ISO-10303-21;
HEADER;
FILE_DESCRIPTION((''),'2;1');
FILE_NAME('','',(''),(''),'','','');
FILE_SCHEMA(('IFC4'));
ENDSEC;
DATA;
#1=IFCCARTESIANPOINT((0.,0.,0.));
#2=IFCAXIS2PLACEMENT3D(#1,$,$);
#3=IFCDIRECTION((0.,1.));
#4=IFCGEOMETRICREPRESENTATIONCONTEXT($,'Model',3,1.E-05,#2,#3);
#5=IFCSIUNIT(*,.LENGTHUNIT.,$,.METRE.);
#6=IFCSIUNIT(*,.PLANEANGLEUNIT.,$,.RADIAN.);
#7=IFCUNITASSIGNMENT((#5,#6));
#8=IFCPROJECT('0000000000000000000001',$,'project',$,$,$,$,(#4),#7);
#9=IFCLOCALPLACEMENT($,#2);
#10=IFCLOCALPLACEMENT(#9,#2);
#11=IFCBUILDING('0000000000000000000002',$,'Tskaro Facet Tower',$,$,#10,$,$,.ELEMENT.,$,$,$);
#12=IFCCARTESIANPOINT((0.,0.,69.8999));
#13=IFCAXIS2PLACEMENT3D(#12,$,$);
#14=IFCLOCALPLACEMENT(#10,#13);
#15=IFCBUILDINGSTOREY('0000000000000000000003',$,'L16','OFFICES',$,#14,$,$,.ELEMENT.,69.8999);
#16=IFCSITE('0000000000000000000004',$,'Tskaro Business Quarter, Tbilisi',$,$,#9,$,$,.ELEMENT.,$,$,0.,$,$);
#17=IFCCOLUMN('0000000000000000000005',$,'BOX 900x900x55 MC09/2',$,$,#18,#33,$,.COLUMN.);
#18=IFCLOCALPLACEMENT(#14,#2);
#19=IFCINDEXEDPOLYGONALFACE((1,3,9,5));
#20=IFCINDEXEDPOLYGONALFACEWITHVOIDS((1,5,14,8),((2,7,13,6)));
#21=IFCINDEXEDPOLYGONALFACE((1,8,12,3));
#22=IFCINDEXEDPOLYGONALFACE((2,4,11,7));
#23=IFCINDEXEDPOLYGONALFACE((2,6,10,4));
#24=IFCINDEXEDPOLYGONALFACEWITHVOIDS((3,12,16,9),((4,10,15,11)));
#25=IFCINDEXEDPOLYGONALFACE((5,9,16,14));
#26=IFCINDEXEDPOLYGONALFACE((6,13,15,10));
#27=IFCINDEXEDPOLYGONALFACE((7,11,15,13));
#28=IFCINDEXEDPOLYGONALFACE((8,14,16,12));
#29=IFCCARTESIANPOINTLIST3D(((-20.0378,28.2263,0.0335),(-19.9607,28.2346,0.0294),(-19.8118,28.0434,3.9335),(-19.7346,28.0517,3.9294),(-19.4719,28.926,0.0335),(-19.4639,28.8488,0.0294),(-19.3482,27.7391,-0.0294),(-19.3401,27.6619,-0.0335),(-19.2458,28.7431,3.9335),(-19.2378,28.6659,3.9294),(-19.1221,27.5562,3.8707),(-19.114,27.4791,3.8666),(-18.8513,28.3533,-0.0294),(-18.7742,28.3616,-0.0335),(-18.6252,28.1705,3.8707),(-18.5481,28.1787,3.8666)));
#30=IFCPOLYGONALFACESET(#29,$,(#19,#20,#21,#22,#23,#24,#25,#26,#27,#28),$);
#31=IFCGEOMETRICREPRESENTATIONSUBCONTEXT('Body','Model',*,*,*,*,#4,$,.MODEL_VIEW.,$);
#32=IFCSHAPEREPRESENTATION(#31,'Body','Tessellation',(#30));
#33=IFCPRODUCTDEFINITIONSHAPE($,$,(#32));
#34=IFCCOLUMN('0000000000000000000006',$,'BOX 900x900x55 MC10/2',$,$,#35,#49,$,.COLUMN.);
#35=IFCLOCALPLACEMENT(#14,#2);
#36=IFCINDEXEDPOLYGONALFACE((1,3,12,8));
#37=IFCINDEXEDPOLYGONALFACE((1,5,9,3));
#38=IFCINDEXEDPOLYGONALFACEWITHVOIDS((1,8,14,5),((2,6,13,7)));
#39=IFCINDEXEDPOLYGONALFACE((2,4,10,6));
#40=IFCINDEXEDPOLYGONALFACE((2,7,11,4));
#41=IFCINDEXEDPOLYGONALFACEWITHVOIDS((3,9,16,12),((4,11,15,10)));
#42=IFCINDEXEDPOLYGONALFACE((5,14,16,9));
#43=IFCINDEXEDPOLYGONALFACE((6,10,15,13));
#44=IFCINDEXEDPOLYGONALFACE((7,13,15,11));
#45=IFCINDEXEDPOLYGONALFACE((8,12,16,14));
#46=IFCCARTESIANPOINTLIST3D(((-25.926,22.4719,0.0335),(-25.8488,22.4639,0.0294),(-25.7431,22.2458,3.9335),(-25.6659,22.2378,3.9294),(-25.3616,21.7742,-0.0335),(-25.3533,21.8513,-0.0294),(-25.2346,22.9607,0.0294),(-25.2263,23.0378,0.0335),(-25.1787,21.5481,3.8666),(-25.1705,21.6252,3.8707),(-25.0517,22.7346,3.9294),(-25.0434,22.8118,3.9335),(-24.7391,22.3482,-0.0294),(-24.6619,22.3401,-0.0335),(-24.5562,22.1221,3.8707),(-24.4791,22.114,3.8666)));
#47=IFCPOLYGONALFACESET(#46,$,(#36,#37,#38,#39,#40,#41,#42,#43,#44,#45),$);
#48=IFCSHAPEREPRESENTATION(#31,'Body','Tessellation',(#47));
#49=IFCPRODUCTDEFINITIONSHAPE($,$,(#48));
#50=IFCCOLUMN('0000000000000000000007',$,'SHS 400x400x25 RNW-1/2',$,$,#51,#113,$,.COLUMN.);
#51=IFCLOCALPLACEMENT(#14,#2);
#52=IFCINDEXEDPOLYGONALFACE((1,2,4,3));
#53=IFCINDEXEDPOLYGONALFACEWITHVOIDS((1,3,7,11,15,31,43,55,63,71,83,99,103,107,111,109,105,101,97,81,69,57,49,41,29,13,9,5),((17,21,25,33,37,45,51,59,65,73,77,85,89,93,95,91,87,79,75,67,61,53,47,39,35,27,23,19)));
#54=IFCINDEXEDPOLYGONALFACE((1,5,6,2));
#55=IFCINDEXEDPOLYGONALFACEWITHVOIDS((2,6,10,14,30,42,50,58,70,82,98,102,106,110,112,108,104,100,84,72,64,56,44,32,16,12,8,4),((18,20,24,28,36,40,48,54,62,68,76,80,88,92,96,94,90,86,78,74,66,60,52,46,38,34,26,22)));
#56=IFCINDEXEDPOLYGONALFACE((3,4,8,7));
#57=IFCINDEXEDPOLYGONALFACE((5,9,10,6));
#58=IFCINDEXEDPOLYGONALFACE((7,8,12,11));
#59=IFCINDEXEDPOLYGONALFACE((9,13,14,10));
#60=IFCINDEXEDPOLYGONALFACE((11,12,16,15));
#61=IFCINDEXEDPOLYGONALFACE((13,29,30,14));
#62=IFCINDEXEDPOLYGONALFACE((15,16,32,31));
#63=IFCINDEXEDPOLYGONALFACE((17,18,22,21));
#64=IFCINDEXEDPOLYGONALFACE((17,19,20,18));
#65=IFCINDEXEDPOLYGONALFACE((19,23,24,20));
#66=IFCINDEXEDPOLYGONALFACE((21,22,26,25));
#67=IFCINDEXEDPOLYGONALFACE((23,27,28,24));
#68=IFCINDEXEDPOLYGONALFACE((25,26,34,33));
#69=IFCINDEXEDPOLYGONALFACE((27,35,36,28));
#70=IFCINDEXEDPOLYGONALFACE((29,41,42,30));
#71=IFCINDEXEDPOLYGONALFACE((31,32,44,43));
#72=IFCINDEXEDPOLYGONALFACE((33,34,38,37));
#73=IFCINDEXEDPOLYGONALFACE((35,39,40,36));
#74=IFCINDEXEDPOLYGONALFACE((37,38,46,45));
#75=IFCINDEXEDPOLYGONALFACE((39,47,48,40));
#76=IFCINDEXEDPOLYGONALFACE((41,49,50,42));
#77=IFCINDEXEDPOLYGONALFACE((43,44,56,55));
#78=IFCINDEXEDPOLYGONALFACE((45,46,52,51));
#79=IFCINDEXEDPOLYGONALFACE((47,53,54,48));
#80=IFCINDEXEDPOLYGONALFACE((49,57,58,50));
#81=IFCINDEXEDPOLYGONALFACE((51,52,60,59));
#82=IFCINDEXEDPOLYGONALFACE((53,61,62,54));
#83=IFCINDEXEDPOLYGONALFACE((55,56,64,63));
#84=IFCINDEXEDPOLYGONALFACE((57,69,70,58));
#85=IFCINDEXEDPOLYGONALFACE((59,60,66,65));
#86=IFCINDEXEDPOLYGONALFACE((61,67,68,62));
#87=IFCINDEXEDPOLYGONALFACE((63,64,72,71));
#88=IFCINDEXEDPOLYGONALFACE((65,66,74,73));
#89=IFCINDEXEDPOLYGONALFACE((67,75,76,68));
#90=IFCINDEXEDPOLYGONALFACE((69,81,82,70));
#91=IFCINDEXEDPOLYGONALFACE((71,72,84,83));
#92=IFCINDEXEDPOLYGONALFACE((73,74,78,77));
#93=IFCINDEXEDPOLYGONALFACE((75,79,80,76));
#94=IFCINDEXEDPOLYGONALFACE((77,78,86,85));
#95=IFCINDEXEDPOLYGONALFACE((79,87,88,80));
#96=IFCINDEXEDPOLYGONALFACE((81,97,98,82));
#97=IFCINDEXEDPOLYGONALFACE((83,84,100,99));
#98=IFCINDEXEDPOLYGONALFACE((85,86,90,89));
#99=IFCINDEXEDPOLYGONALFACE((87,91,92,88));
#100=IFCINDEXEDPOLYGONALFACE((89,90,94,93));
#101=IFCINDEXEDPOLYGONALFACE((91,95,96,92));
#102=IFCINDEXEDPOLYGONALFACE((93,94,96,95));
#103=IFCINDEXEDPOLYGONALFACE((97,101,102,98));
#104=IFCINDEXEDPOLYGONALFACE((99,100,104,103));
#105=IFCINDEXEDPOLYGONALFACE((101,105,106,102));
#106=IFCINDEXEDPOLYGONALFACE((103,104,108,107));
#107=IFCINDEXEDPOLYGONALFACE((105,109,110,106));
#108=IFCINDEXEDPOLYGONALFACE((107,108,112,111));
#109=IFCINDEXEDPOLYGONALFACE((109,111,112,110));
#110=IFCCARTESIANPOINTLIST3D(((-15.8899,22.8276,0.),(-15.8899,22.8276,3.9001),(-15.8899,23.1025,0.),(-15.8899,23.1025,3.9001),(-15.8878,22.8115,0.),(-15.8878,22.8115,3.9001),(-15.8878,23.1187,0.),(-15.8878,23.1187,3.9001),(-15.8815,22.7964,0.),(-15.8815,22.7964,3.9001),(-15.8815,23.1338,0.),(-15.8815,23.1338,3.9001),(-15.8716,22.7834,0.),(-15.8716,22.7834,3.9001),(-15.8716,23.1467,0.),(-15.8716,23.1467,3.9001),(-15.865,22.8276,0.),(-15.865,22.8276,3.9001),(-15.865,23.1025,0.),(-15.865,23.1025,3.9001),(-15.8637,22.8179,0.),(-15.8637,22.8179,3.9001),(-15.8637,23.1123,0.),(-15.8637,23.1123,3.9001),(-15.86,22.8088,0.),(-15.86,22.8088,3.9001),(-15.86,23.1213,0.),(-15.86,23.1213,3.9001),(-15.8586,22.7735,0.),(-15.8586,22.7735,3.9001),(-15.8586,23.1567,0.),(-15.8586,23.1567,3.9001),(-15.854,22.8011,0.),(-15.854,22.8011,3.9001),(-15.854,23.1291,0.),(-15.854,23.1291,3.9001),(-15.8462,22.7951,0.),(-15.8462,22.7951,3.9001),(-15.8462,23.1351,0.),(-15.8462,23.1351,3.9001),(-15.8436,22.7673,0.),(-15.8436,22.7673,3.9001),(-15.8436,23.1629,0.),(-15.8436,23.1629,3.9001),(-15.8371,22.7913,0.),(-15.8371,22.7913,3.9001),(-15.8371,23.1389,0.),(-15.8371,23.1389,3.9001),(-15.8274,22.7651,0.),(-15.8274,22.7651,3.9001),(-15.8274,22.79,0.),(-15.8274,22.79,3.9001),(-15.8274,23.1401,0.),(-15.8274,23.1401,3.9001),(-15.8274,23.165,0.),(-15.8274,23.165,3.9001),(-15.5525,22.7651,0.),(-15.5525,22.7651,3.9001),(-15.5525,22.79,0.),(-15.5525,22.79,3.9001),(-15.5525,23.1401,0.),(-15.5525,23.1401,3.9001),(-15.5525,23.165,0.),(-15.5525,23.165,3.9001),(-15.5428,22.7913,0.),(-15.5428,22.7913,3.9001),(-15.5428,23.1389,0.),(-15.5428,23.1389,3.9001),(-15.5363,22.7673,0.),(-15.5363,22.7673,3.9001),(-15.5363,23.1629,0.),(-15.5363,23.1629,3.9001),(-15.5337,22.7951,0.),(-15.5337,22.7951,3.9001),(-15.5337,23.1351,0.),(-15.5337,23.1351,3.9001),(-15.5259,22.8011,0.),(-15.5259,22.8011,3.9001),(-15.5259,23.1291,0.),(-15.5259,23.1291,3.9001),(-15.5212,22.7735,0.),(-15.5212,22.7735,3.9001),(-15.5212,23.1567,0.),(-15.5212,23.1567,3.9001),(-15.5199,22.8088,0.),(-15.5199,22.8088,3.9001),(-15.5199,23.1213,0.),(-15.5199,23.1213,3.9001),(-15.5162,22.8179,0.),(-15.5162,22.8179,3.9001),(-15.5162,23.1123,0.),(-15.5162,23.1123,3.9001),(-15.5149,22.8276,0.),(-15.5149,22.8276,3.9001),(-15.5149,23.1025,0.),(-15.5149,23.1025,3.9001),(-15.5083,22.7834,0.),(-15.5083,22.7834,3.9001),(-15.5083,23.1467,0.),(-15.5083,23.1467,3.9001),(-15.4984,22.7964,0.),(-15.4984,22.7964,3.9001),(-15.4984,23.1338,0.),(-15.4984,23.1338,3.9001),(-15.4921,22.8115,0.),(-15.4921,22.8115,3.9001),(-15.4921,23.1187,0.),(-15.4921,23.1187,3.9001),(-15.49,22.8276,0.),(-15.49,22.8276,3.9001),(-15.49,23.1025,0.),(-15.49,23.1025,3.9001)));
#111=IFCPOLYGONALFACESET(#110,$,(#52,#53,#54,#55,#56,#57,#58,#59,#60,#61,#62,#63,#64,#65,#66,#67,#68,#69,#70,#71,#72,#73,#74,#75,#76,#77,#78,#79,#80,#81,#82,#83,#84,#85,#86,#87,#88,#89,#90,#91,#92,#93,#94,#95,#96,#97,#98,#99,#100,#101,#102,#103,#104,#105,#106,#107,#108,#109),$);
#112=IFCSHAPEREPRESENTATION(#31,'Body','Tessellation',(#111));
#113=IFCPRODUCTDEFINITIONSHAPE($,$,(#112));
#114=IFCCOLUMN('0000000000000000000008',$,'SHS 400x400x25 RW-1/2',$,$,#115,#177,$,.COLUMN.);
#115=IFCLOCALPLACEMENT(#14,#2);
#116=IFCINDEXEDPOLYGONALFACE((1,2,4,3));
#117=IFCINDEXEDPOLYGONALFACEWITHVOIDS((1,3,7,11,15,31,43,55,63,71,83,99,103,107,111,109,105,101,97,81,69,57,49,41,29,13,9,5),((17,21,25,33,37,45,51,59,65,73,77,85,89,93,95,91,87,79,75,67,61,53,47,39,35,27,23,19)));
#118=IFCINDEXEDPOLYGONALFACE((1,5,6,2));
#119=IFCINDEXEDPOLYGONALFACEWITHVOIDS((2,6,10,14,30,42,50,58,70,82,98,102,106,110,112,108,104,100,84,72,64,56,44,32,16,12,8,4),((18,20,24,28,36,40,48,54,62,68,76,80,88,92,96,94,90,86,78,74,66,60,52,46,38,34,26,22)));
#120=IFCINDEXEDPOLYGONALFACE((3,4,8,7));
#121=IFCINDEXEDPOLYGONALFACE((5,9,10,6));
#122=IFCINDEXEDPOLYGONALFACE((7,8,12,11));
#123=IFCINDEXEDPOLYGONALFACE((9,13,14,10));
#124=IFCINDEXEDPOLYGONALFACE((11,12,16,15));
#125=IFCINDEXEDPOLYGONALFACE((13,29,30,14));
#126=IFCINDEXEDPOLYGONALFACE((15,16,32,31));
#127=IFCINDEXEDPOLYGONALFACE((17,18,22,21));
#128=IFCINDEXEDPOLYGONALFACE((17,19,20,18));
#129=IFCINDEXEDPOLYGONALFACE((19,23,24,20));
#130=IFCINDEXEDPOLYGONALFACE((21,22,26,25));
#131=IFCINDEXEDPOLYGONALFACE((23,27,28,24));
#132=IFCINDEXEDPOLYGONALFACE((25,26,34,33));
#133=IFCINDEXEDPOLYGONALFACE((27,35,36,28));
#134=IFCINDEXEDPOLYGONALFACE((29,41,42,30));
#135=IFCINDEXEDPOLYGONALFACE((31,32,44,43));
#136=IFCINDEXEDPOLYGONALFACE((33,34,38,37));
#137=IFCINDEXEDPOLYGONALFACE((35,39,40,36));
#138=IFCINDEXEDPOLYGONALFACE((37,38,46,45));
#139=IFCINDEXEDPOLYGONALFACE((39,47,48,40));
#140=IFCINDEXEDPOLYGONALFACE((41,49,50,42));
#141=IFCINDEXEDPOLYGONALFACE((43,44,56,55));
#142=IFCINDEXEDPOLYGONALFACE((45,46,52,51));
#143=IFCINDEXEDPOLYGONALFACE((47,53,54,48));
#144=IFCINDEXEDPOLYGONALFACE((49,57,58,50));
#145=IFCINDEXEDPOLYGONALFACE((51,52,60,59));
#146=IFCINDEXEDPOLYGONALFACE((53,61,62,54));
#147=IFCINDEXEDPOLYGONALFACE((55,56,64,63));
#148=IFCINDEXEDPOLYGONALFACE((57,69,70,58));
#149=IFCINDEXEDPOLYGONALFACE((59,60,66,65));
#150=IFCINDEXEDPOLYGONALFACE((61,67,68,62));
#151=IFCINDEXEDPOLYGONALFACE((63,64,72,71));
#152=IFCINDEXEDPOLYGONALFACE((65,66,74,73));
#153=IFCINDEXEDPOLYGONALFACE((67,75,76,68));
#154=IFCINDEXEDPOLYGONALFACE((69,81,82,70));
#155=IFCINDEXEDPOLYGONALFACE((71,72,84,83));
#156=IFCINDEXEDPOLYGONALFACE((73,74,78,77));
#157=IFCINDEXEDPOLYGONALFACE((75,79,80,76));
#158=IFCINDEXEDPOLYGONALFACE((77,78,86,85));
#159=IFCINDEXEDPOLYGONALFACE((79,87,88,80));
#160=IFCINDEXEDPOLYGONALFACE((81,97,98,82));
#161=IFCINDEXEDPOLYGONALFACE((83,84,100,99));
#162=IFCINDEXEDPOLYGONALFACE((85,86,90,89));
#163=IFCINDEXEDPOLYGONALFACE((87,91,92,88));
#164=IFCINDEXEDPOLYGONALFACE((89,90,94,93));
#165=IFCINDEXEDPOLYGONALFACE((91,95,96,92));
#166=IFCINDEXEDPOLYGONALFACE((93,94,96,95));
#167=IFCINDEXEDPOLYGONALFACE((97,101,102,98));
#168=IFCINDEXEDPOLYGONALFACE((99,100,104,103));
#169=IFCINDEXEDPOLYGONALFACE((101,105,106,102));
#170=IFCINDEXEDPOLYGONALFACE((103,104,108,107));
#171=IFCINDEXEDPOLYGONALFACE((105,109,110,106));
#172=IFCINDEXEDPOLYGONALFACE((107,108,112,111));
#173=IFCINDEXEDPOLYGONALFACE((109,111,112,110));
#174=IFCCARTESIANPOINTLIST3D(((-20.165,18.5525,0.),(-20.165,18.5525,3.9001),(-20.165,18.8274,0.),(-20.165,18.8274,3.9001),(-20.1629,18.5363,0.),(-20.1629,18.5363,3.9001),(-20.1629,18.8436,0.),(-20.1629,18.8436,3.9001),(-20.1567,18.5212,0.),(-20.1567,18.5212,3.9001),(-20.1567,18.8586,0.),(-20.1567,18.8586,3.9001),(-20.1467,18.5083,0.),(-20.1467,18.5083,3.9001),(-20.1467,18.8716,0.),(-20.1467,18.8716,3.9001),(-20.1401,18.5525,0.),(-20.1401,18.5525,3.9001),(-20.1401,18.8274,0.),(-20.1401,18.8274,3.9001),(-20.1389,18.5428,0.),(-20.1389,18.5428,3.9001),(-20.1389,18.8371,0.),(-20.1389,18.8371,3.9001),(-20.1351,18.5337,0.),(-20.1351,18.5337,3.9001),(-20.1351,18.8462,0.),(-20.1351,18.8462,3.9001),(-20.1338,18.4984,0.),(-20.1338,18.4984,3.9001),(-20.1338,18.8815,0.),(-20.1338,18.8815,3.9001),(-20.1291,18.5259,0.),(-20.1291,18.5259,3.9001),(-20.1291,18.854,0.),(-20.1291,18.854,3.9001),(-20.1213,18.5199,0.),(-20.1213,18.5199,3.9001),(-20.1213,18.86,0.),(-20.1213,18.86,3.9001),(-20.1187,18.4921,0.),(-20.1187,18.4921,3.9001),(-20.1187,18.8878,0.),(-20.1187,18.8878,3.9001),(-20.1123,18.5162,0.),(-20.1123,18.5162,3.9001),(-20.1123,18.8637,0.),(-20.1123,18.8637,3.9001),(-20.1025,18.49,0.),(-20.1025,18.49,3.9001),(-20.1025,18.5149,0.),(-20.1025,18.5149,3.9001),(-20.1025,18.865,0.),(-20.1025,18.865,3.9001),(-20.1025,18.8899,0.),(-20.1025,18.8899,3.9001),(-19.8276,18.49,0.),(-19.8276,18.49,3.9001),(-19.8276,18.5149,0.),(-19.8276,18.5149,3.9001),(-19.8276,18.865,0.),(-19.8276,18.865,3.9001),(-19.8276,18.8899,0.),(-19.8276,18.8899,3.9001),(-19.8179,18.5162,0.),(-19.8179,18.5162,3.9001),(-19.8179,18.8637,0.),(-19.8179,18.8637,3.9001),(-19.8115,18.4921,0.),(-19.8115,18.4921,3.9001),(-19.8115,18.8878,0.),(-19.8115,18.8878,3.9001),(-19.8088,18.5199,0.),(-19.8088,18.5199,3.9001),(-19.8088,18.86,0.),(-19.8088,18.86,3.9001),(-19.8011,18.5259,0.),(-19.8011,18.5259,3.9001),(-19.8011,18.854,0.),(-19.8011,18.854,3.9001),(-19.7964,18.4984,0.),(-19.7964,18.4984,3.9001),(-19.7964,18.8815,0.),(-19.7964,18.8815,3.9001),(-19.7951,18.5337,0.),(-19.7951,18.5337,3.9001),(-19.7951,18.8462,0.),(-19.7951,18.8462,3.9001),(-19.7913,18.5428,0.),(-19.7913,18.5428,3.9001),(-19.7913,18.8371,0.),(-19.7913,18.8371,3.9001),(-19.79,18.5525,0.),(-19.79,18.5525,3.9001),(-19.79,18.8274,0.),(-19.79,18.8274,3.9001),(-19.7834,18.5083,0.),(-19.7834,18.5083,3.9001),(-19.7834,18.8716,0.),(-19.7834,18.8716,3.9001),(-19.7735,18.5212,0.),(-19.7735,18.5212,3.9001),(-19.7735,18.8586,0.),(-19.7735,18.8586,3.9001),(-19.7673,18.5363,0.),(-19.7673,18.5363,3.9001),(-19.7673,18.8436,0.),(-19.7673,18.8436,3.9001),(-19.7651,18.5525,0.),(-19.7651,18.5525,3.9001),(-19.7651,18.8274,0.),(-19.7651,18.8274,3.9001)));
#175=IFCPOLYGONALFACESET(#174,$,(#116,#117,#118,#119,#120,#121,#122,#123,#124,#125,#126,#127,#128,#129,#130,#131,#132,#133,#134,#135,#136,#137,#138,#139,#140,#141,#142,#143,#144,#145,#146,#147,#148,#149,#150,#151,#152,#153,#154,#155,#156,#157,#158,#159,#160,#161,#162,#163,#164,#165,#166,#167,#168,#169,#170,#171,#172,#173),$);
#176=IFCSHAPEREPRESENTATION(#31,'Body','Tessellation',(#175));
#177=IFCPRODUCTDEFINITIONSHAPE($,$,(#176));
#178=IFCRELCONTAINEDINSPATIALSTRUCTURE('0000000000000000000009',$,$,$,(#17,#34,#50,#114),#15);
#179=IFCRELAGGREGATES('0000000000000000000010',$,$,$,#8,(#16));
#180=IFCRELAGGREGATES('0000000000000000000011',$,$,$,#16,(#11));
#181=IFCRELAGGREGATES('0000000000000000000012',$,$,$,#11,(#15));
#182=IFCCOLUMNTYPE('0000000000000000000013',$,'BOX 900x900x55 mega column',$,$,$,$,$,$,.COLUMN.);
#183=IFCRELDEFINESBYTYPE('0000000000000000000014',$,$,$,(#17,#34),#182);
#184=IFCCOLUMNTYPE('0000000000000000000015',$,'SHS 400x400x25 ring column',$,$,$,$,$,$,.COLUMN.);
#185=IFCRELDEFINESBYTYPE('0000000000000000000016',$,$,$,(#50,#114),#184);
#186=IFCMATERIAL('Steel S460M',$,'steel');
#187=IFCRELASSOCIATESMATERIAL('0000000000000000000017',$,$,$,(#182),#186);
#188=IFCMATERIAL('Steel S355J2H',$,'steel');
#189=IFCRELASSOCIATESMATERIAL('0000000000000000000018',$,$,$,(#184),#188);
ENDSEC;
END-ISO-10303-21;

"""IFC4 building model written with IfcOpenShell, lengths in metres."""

from ifc_helpers import new_model, si_unit, direction, frame, origin, origin_2d, place, context, subcontext, project, spatial, hollow_rectangle, extrude, material, material_profile, profile_set, type_object, element, save


model = new_model("IFC4")

# Units and contexts
model_context = context("Model", 3, precision=1e-05, world=origin(), true_north=direction((0.0, 1.0)))
body_context = subcontext(model_context, "Body", "Model", "MODEL_VIEW")
ifc_project = project(units=[si_unit("LENGTHUNIT", "METRE"), si_unit("PLANEANGLEUNIT", "RADIAN")], contexts=[model_context])

# Site, building, storey
site_placement = place(None, origin())
site = spatial("IfcSite", under=ifc_project, at=site_placement, Name="Tskaro Business Quarter, Tbilisi", CompositionType="ELEMENT", RefElevation=0.0)
building_placement = place(site_placement, origin())
building = spatial("IfcBuilding", under=site, at=building_placement, Name="Tskaro Facet Tower", CompositionType="ELEMENT")
storey_placement = place(building_placement, frame((0.0, 0.0, 69.8999)))
storey = spatial("IfcBuildingStorey", under=building, at=storey_placement, Name="L16", Description="OFFICES", CompositionType="ELEMENT", Elevation=69.8999)

# Columns
ifc_material_1 = material(Name="Steel S460M", Category="steel")
ifc_material_profile_1 = material_profile(ifc_material_1, hollow_rectangle(XDim=0.8999, YDim=0.8999, WallThickness=0.0549, at=origin_2d()), Name="BOX 900x900x55")
ifc_profile_set_1 = profile_set([ifc_material_profile_1], Name="Steel S460M")
column_type_1 = type_object("IfcColumnType", Name="BOX 900x900x55 mega column", PredefinedType="COLUMN", material=ifc_profile_set_1)
for number, where, z_axis, x_axis, name in (
    (1, (-19.406, 28.2939, 0.0), (0.057805, -0.046756, 0.997232), (0.628884, 0.777499, 0.0), "BOX 900x900x55 MC09/2"),
    (2, (-25.2939, 22.406, 0.0), (0.046756, -0.057805, 0.997232), (0.777499, 0.628884, 0.0), "BOX 900x900x55 MC10/2"),
):
    element("IfcColumn", number, at=place(storey_placement, frame(where, z_axis=z_axis, x_axis=x_axis)), inside=storey, type_object=column_type_1, Name=name, PredefinedType="COLUMN", context=body_context, shape_type="SweptSolid", body=[
        extrude(hollow_rectangle(XDim=0.8999, YDim=0.8999, WallThickness=0.0549, at=origin_2d()), origin(), (0.0, 0.0, 1.0), 3.9109),
    ])
ifc_material_2 = material(Name="Steel S355J2H", Category="steel")
ifc_material_profile_2 = material_profile(ifc_material_2, hollow_rectangle(XDim=0.3999, YDim=0.3999, WallThickness=0.0249, InnerFilletRadius=0.0376, OuterFilletRadius=0.0625, at=origin_2d()), Name="SHS 400x400x25")
ifc_profile_set_2 = profile_set([ifc_material_profile_2], Name="Steel S355J2H")
column_type_2 = type_object("IfcColumnType", Name="SHS 400x400x25 ring column", PredefinedType="COLUMN", material=ifc_profile_set_2)
for number, where, z_axis, x_axis, name in (
    (3, (-15.6899, 22.9651, 0.0), (0.0, 0.0, 1.0), (1.0, 0.0, 0.0), "SHS 400x400x25 RNW-1/2"),
    (4, (-19.9651, 18.6899, 0.0), (0.0, 0.0, 1.0), (1.0, 0.0, 0.0), "SHS 400x400x25 RW-1/2"),
):
    element("IfcColumn", number, at=place(storey_placement, frame(where, z_axis=z_axis, x_axis=x_axis)), inside=storey, type_object=column_type_2, Name=name, PredefinedType="COLUMN", context=body_context, shape_type="SweptSolid", body=[
        extrude(hollow_rectangle(XDim=0.3999, YDim=0.3999, WallThickness=0.0249, InnerFilletRadius=0.0376, OuterFilletRadius=0.0625, at=origin_2d()), origin(), (0.0, 0.0, 1.0), 3.9001),
    ])

save(model, "model.ifc")
